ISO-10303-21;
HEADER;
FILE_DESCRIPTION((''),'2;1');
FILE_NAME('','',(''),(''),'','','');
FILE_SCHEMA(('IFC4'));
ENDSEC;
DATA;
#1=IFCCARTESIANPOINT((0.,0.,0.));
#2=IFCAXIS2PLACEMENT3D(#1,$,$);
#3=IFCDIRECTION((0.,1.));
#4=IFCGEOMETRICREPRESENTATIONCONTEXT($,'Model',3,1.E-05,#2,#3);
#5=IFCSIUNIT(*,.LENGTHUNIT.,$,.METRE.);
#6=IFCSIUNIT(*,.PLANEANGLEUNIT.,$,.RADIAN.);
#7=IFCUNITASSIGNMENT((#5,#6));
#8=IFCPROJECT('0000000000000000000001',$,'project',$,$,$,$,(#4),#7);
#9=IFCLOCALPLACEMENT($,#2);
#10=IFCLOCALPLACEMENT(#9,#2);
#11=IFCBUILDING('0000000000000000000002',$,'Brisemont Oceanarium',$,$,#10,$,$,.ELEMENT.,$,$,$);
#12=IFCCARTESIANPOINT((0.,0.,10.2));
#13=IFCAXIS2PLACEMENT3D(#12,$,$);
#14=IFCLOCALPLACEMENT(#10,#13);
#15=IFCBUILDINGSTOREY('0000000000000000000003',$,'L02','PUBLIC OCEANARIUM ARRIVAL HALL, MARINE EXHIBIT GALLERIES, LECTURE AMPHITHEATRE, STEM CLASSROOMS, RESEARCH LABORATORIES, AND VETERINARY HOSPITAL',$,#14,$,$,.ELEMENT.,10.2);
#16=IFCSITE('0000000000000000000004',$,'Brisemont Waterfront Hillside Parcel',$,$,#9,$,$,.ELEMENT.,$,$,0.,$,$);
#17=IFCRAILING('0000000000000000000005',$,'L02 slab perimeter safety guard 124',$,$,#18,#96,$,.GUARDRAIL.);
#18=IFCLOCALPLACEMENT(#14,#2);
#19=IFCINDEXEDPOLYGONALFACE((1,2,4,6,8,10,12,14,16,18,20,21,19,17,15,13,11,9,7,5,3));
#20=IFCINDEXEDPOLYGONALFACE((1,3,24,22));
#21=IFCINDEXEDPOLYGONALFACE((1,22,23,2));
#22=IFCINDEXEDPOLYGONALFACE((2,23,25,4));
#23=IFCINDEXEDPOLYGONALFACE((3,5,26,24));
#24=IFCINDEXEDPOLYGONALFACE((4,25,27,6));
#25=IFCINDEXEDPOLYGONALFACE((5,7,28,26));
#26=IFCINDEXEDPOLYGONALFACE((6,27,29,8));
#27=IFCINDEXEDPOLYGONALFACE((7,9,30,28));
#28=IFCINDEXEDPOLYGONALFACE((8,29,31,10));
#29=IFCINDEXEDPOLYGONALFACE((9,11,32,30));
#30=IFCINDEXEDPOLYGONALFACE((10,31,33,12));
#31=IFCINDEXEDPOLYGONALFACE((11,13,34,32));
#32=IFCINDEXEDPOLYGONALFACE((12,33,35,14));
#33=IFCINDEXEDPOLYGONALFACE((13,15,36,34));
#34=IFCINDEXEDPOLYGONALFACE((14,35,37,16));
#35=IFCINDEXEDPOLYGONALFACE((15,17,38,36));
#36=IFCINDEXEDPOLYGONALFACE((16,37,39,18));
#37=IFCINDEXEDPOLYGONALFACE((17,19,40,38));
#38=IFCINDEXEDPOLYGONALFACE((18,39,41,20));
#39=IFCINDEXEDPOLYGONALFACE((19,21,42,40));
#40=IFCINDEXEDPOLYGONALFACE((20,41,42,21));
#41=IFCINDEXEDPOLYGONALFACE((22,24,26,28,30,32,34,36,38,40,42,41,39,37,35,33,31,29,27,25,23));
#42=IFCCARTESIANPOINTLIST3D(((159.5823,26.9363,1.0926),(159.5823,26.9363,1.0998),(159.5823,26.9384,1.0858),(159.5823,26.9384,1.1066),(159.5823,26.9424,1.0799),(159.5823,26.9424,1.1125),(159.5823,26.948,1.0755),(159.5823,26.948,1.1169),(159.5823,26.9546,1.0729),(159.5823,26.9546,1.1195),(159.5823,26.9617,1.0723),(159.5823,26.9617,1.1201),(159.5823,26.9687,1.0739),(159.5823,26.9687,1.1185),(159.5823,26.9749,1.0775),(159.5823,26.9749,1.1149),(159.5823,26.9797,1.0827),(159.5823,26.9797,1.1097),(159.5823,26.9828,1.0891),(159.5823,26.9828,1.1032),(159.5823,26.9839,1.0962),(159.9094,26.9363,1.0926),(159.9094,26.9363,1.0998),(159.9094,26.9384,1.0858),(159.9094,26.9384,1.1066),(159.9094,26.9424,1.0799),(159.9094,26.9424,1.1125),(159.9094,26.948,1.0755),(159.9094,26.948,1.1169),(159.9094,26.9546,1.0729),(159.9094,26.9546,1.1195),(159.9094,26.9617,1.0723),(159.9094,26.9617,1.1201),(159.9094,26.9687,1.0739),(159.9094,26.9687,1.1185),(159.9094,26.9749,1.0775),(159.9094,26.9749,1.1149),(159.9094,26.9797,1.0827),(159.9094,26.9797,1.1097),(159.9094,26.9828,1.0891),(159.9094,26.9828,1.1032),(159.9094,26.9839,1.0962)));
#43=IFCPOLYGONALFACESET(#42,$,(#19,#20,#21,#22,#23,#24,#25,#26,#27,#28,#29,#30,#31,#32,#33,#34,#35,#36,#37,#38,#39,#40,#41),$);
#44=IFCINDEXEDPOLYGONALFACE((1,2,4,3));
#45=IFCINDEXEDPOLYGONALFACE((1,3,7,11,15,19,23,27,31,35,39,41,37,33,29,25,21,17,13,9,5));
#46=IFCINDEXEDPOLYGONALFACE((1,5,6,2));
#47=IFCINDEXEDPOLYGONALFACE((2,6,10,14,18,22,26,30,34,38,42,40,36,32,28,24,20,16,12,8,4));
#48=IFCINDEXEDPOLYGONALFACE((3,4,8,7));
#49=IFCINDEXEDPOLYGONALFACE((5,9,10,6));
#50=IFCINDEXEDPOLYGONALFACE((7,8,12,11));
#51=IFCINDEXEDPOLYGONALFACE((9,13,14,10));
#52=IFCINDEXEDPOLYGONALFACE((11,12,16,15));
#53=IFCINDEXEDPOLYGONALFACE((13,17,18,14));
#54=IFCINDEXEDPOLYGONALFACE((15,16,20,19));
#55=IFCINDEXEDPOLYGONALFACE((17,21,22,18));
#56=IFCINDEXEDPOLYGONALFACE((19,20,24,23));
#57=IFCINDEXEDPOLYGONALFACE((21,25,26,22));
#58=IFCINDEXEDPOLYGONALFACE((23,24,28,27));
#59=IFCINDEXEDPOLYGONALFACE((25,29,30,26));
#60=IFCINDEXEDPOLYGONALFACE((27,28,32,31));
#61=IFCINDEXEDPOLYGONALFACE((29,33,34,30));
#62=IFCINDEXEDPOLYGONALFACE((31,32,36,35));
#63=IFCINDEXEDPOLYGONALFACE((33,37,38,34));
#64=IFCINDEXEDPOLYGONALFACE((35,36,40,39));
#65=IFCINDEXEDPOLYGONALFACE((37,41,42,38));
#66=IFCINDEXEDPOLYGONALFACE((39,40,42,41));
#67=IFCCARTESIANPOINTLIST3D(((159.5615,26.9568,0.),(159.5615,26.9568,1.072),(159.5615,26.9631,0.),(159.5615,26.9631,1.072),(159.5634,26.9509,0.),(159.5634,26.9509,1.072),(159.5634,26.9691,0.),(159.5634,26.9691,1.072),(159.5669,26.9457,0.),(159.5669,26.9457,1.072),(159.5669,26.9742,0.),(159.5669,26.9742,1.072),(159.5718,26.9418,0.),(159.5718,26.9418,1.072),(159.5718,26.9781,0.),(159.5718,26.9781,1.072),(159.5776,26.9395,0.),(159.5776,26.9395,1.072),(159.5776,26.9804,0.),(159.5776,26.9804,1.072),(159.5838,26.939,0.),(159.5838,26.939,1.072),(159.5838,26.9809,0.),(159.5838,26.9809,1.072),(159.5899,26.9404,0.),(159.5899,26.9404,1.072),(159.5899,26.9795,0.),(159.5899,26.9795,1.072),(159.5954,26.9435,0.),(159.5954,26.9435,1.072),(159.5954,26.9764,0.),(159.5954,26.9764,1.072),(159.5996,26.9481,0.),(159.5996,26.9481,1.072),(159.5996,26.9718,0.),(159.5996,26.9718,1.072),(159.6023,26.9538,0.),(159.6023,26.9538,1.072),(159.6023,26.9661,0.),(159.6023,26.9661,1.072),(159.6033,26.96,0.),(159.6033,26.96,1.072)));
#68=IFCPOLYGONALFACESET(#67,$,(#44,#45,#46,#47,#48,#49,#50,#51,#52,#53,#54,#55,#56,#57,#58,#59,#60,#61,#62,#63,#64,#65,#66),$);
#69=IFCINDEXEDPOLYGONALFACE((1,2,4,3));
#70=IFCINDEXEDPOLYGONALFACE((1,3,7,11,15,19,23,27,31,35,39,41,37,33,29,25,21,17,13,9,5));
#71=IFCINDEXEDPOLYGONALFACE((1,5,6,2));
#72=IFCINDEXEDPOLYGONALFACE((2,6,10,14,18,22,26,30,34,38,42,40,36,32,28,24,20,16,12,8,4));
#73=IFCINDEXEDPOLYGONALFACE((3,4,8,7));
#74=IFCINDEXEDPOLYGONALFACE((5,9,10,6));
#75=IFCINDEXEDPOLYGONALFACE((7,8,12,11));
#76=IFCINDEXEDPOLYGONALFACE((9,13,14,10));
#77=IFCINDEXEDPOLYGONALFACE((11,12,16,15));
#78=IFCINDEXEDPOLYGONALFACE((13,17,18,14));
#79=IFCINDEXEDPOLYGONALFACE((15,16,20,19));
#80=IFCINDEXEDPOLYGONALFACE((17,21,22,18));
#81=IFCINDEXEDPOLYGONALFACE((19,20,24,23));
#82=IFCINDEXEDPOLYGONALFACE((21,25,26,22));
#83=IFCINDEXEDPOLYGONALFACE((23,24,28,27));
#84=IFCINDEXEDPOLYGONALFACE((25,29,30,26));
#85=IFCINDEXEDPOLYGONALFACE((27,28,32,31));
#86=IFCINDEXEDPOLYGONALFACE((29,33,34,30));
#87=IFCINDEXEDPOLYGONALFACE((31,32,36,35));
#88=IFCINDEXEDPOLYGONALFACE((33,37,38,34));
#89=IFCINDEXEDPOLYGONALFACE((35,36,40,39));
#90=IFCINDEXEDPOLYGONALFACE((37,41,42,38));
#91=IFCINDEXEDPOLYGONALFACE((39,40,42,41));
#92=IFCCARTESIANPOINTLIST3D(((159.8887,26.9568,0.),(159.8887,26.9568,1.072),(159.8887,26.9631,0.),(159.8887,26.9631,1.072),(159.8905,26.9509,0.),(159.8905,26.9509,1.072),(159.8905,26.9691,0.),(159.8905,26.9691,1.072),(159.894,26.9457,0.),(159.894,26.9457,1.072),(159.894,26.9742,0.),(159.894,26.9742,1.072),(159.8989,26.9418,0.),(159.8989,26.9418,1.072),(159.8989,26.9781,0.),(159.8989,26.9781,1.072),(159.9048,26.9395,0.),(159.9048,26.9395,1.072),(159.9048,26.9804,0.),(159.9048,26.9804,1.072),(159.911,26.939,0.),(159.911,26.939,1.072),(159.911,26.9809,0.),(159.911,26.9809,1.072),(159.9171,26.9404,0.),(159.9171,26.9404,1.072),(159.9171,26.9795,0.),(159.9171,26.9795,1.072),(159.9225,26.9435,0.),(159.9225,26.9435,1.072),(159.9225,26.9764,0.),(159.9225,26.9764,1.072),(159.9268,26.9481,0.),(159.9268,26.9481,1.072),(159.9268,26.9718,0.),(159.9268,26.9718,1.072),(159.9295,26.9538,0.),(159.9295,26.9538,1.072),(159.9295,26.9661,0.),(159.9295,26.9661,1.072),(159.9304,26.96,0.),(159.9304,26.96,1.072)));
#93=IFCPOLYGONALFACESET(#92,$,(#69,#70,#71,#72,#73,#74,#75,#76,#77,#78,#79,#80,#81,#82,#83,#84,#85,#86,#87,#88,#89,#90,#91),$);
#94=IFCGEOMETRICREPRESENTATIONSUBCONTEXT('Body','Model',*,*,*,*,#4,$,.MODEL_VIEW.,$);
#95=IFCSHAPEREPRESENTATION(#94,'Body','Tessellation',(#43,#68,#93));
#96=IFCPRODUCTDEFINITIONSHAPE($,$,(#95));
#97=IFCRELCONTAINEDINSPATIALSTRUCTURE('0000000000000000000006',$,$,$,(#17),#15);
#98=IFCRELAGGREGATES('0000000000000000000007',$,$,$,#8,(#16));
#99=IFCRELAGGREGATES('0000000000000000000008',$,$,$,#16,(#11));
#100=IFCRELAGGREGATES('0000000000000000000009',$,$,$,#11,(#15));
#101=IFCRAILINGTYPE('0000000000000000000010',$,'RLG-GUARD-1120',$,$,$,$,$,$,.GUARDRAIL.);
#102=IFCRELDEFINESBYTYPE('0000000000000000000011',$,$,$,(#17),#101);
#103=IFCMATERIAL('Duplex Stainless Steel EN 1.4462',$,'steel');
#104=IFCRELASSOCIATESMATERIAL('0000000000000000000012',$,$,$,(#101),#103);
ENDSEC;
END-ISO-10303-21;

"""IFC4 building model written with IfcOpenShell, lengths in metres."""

from ifc_helpers import new_model, si_unit, direction, frame, origin, origin_2d, place, context, subcontext, project, spatial, circle, extrude, material, type_object, element, save


model = new_model("IFC4")

# Units and contexts
model_context = context("Model", 3, precision=1e-05, world=origin(), true_north=direction((0.0, 1.0)))
body_context = subcontext(model_context, "Body", "Model", "MODEL_VIEW")
ifc_project = project(units=[si_unit("LENGTHUNIT", "METRE"), si_unit("PLANEANGLEUNIT", "RADIAN")], contexts=[model_context])

# Site, building, storey
site_placement = place(None, origin())
site = spatial("IfcSite", under=ifc_project, at=site_placement, Name="Brisemont Waterfront Hillside Parcel", CompositionType="ELEMENT", RefElevation=0.0)
building_placement = place(site_placement, origin())
building = spatial("IfcBuilding", under=site, at=building_placement, Name="Brisemont Oceanarium", CompositionType="ELEMENT")
storey_placement = place(building_placement, frame((0.0, 0.0, 10.2)))
storey = spatial("IfcBuildingStorey", under=building, at=storey_placement, Name="L02", Description="PUBLIC OCEANARIUM ARRIVAL HALL, MARINE EXHIBIT GALLERIES, LECTURE AMPHITHEATRE, STEM CLASSROOMS, RESEARCH LABORATORIES, AND VETERINARY HOSPITAL", CompositionType="ELEMENT", Elevation=10.2)

# Railing
ifc_material_1 = material(Name="Duplex Stainless Steel EN 1.4462", Category="steel")
railing_type = type_object("IfcRailingType", Name="RLG-GUARD-1120", PredefinedType="GUARDRAIL", material=ifc_material_1)
railing_1_placement = place(storey_placement, frame((159.5823, 26.96, 0.0)))
element("IfcRailing", 1, at=railing_1_placement, inside=storey, type_object=railing_type, Name="L02 slab perimeter safety guard 124", PredefinedType="GUARDRAIL", context=body_context, shape_type="SweptSolid", body=[
    extrude(circle(Radius=0.0239, at=origin_2d()), frame((0.0, 0.0, 1.0962), z_axis=(1.0, 0.0, 0.0), x_axis=(0.0, 1.0, 0.0)), (0.0, 0.0, 1.0), 0.3271),
    extrude(circle(Radius=0.021, at=origin_2d()), origin(), (0.0, 0.0, 1.0), 1.072),
    extrude(circle(Radius=0.021, at=origin_2d()), frame((0.3271, 0.0, 0.0)), (0.0, 0.0, 1.0), 1.072),
])

save(model, "model.ifc")
